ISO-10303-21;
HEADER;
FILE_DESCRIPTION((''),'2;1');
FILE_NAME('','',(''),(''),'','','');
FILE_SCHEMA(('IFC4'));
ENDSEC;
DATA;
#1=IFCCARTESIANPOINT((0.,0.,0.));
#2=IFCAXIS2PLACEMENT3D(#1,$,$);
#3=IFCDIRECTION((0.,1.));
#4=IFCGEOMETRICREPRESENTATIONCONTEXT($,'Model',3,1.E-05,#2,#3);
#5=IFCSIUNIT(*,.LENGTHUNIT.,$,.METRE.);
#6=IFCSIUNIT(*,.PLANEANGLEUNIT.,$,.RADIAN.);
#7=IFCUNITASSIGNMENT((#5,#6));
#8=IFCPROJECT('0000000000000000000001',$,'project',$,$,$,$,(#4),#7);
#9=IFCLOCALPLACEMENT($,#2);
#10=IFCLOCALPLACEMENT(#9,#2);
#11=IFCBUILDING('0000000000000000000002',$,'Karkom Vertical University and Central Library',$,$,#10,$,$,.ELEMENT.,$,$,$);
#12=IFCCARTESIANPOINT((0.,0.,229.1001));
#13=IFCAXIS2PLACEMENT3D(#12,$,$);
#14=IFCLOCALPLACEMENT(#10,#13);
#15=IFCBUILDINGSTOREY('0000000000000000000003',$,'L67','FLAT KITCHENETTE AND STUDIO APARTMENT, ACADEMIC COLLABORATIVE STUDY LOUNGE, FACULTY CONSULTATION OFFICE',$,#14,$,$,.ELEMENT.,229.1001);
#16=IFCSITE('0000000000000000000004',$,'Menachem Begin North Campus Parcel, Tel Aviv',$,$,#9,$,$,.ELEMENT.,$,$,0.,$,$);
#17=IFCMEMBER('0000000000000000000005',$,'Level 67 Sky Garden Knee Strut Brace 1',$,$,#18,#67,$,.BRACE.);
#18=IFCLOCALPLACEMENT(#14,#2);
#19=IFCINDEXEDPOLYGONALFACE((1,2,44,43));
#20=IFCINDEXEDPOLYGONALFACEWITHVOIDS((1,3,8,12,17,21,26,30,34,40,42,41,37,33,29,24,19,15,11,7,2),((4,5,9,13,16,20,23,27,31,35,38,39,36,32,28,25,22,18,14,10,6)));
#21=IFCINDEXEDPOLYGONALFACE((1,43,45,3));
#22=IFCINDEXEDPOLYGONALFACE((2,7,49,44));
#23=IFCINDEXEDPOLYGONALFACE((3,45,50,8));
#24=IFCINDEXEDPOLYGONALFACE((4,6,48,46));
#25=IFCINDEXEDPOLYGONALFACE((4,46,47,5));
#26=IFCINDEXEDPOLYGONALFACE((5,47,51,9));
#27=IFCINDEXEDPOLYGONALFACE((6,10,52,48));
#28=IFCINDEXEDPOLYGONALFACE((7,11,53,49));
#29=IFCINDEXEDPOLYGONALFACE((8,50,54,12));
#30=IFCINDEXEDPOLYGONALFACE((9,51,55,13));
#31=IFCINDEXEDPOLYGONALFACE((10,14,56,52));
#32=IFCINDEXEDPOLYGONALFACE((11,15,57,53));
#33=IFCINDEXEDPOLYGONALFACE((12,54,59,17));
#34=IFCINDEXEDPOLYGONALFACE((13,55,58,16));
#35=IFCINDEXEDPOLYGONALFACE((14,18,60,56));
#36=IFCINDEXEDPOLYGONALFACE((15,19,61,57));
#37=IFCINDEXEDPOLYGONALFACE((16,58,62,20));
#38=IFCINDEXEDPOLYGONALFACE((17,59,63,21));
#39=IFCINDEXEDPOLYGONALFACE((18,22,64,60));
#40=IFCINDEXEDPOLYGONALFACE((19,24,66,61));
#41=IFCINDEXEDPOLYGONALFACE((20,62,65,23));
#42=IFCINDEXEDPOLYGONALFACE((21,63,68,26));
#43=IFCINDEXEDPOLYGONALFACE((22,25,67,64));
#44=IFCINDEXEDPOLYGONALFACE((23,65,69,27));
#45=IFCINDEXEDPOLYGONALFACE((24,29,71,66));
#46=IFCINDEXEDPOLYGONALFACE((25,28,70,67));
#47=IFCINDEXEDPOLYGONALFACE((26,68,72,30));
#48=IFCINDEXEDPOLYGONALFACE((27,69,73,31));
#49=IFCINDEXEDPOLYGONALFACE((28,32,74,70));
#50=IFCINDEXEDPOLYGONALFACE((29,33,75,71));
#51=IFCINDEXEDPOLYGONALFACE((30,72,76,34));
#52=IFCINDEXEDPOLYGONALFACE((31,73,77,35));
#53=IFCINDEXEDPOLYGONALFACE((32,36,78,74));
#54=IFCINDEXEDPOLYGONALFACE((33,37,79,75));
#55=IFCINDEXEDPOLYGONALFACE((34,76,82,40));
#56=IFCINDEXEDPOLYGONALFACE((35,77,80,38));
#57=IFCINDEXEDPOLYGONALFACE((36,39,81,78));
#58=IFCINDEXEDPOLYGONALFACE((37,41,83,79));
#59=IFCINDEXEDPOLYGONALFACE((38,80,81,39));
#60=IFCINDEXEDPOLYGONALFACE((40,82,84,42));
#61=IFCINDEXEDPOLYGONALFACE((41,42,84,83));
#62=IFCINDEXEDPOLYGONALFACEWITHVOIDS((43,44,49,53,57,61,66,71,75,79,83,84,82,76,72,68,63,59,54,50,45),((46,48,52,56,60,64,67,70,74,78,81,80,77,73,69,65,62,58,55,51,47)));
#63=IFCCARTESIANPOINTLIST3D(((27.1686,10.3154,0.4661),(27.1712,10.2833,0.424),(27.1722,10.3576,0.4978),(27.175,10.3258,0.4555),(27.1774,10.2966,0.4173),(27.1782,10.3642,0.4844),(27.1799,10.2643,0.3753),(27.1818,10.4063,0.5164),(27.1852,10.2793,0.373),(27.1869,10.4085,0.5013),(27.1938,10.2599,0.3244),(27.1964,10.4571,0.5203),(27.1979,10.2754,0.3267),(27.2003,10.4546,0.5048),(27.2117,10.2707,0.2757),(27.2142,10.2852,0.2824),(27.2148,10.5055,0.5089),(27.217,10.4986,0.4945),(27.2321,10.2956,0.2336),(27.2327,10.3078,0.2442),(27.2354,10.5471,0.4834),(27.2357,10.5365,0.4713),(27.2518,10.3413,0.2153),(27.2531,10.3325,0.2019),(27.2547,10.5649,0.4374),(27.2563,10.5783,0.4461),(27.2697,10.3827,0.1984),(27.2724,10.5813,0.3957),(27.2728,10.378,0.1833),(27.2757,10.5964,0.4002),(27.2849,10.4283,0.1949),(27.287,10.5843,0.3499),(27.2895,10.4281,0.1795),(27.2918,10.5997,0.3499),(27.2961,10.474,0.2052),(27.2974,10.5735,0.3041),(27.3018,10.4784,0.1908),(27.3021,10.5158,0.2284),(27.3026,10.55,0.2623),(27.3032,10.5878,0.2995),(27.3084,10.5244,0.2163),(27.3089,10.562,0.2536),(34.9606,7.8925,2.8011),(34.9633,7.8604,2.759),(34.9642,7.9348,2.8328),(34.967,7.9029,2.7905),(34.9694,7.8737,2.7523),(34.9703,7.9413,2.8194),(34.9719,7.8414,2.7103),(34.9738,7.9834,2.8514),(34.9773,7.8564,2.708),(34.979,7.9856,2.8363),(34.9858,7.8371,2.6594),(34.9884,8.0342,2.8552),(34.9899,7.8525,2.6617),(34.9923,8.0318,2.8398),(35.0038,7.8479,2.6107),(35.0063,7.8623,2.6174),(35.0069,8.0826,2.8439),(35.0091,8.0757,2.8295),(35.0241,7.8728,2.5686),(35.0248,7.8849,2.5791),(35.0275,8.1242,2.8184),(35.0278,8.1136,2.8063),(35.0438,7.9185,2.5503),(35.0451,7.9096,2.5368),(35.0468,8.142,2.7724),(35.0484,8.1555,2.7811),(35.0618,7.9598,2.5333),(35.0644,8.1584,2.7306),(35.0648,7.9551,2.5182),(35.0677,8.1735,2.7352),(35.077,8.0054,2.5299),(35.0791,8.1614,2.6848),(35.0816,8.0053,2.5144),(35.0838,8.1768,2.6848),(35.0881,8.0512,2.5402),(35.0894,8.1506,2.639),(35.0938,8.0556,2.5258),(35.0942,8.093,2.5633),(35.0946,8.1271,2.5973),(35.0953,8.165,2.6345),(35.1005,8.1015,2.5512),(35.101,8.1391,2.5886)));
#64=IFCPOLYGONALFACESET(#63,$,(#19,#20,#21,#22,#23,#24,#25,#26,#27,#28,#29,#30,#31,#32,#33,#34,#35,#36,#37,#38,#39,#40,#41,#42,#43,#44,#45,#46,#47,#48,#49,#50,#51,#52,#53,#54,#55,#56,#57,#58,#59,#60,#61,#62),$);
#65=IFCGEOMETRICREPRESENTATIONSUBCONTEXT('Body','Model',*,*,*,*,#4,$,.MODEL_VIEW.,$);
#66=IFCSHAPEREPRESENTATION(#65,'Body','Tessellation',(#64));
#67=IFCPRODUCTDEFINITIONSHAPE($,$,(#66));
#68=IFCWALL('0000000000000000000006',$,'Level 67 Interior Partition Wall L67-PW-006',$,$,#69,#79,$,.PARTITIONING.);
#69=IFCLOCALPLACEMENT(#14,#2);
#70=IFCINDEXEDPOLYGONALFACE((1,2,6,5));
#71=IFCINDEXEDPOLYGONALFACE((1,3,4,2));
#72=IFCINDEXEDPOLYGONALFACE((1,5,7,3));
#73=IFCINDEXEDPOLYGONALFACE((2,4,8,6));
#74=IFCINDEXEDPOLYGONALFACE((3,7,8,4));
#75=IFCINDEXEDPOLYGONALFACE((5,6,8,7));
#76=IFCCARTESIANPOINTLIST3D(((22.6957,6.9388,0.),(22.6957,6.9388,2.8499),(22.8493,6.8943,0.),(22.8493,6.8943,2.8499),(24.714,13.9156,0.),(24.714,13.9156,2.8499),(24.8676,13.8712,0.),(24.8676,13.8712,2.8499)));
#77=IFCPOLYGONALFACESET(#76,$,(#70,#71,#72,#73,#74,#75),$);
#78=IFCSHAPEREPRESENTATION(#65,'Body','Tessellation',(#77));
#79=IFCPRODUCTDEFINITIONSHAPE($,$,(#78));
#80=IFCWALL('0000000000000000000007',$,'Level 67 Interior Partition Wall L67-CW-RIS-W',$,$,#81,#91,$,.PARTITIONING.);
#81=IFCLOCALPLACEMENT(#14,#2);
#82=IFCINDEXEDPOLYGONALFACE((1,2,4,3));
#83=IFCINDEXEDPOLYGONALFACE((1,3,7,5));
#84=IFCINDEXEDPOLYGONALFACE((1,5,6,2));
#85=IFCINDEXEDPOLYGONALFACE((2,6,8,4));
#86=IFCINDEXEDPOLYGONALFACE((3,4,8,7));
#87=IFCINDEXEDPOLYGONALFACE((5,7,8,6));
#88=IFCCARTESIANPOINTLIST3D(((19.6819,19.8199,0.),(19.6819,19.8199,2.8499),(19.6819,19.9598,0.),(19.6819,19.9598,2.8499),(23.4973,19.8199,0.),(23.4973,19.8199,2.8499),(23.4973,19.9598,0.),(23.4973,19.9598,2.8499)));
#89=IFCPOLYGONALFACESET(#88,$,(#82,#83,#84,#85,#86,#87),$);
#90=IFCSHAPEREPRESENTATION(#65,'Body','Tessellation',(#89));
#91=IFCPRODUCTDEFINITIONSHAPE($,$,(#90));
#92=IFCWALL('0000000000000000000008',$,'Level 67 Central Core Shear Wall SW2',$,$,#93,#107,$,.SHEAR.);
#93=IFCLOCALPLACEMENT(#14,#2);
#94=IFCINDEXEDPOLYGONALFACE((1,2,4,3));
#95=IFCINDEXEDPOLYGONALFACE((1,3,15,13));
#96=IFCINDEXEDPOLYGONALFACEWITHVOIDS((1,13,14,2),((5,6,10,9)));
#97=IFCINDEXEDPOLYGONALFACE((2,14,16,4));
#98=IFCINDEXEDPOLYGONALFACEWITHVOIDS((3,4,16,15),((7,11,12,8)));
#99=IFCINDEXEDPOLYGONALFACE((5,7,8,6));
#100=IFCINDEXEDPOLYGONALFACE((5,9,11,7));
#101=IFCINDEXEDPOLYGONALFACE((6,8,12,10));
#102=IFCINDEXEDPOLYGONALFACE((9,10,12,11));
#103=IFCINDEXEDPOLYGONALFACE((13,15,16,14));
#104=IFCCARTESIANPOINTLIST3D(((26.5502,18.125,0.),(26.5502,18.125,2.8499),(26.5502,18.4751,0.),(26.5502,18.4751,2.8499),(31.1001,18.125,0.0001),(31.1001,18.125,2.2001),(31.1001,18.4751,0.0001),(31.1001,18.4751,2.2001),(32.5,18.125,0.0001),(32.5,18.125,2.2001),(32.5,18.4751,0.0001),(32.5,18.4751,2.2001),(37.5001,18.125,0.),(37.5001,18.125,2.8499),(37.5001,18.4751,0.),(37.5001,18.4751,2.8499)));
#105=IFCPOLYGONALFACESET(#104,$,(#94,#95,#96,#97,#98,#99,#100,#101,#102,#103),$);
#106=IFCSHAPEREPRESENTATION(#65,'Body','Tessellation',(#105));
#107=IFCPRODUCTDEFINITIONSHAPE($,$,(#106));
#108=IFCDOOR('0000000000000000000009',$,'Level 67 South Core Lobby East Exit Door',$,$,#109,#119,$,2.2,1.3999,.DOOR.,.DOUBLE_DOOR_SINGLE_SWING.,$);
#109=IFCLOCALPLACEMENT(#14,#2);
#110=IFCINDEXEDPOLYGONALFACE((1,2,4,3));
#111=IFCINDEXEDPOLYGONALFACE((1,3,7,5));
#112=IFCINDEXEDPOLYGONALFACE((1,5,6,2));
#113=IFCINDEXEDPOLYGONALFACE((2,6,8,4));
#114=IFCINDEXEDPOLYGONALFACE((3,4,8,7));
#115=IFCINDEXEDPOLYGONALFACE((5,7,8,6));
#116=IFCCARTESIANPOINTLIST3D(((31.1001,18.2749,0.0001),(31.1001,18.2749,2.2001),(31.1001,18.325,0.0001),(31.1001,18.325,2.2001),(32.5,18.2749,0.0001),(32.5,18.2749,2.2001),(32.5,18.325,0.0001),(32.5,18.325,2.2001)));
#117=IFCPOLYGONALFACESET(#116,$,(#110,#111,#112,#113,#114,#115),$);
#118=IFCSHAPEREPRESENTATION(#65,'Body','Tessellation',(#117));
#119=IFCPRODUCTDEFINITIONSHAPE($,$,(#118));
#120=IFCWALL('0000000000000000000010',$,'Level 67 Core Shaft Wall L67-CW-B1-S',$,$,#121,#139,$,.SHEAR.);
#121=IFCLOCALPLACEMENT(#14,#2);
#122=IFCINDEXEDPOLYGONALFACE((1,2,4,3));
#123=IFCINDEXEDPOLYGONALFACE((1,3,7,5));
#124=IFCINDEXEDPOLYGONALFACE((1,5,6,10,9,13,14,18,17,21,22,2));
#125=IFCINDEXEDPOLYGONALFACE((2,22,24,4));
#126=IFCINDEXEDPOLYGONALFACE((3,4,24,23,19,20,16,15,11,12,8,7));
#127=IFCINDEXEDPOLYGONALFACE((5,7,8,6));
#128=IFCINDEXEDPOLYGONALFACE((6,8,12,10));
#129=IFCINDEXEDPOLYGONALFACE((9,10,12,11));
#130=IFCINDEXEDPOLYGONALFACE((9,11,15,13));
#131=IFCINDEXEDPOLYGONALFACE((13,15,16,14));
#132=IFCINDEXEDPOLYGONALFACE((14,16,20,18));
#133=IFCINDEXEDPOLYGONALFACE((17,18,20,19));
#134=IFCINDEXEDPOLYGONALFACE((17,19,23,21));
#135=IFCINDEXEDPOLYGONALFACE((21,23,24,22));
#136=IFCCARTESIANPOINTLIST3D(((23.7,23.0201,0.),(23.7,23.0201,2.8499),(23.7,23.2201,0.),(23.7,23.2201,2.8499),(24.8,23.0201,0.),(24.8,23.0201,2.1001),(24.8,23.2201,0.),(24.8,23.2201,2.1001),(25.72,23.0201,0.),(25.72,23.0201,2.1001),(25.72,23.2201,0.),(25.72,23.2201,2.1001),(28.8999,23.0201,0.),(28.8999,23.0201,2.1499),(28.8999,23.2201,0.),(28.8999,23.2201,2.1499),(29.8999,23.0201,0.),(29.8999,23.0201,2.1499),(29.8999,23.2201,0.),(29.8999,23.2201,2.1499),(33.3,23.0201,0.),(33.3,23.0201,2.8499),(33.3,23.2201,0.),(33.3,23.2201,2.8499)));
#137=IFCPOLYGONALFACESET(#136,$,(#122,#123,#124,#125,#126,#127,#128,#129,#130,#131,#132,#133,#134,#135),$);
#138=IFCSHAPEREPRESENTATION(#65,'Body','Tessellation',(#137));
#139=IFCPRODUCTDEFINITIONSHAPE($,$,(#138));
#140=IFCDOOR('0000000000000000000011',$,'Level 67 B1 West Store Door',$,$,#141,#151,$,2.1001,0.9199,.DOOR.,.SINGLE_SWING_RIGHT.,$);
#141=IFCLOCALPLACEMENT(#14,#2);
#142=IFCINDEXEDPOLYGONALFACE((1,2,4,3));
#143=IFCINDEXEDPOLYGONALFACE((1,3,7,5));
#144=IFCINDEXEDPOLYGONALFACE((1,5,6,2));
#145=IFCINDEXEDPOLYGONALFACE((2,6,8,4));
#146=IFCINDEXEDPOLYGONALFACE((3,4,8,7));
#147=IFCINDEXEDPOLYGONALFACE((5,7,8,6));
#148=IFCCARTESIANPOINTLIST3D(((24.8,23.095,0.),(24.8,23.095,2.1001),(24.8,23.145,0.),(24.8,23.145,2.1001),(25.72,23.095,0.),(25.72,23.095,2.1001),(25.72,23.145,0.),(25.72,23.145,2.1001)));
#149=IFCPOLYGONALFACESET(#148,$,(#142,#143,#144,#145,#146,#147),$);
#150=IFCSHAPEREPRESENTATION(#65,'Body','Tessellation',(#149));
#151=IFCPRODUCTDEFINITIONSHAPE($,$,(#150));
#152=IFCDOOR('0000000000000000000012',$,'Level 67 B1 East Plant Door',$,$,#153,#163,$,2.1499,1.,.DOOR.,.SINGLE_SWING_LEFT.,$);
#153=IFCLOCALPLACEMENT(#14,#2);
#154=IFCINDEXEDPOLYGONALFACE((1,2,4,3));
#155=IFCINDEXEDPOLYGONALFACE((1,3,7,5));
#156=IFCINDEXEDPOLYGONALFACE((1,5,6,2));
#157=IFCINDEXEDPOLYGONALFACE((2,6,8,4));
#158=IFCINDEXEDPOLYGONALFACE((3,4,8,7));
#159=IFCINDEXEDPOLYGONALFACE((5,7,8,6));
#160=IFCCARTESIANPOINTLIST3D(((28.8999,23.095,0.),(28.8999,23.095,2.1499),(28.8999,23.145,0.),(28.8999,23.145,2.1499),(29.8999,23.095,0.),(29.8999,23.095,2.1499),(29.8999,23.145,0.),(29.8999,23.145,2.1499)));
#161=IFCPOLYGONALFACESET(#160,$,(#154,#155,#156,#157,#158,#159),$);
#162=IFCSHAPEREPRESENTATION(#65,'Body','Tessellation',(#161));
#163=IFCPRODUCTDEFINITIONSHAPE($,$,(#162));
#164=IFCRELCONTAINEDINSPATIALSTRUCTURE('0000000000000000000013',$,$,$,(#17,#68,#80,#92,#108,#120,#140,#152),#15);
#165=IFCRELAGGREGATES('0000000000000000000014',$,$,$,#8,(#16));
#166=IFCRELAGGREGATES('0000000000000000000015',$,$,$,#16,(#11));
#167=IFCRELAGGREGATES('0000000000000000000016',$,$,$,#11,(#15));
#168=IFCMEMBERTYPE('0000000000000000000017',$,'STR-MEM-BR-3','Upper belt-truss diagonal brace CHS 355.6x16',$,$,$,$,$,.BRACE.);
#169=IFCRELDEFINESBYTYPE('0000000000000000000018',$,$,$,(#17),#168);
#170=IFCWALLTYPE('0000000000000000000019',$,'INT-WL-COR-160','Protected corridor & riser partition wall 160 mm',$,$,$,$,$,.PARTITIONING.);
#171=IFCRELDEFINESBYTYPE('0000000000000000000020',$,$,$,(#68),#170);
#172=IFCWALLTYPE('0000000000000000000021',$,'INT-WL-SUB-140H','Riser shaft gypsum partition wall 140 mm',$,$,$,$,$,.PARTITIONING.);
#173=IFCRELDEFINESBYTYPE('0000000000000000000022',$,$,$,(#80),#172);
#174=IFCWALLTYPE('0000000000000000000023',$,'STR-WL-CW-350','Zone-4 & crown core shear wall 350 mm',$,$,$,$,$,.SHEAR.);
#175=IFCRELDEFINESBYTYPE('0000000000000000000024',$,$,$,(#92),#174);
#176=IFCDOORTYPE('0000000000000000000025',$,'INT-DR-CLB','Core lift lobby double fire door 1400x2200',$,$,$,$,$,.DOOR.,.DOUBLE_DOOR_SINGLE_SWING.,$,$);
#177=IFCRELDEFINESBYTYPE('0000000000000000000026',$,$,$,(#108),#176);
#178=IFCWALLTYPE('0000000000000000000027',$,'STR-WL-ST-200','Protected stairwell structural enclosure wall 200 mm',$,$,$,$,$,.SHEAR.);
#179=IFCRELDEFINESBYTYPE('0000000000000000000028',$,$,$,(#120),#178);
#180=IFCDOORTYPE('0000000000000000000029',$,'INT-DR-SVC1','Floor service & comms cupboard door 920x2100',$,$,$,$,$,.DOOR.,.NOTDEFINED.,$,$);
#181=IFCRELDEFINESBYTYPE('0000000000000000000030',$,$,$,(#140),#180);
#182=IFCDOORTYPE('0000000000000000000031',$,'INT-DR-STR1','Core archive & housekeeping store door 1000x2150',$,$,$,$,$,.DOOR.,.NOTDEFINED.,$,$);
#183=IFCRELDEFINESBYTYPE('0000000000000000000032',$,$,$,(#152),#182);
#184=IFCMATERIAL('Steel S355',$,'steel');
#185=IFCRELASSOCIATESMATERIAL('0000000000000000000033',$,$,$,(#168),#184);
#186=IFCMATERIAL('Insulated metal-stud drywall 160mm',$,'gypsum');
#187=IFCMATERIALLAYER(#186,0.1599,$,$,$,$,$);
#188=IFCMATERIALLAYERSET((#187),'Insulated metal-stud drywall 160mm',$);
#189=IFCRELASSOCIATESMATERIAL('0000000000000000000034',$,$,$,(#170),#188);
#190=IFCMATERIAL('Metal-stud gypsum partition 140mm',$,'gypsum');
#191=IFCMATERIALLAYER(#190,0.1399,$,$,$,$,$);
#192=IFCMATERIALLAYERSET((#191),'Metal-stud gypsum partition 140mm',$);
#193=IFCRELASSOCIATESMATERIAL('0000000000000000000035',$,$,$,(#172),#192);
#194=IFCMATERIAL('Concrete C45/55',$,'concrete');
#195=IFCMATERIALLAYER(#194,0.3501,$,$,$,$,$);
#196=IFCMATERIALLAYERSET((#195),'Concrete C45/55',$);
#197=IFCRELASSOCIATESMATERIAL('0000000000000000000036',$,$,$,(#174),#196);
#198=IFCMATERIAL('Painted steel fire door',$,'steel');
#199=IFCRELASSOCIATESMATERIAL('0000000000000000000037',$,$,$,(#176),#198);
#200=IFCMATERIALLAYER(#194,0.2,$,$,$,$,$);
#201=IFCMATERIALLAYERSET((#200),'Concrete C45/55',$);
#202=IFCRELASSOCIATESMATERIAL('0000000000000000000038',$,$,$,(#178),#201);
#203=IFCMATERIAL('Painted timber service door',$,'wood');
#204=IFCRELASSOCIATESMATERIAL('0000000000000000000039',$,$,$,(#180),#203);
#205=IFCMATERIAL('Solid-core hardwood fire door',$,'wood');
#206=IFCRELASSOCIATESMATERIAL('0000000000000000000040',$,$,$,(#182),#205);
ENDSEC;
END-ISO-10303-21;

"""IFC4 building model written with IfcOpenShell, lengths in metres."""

from ifc_helpers import new_model, si_unit, direction, frame, frame_2d, origin, origin_with_axes, origin_2d, place, context, subcontext, project, spatial, rectangle, hollow_circle, extrude, source, transform, mapped, material, layer, layer_set, material_profile, profile_set, type_object, element, fill, save


model = new_model("IFC4")

# Units and contexts
model_context = context("Model", 3, precision=1e-05, world=origin(), true_north=direction((0.0, 1.0)))
body_context = subcontext(model_context, "Body", "Model", "MODEL_VIEW")
ifc_project = project(units=[si_unit("LENGTHUNIT", "METRE"), si_unit("PLANEANGLEUNIT", "RADIAN")], contexts=[model_context])

# Site, building, storey
site_placement = place(None, origin())
site = spatial("IfcSite", under=ifc_project, at=site_placement, Name="Menachem Begin North Campus Parcel, Tel Aviv", CompositionType="ELEMENT", RefElevation=0.0)
building_placement = place(site_placement, origin())
building = spatial("IfcBuilding", under=site, at=building_placement, Name="Karkom Vertical University and Central Library", CompositionType="ELEMENT")
storey_placement = place(building_placement, frame((0.0, 0.0, 229.1001)))
storey = spatial("IfcBuildingStorey", under=building, at=storey_placement, Name="L67", Description="FLAT KITCHENETTE AND STUDIO APARTMENT, ACADEMIC COLLABORATIVE STUDY LOUNGE, FACULTY CONSULTATION OFFICE", CompositionType="ELEMENT", Elevation=229.1001)

# Shared definitions
ifc_material_1 = material(Name="Concrete C45/55", Category="concrete")

# Shared definitions
ifc_material_2 = material(Name="Steel S355", Category="steel")

# Member
ifc_material_profile_1 = material_profile(ifc_material_2, hollow_circle(Radius=0.1777, WallThickness=0.0161, at=origin_2d()), Name="CHS 355.6x16")
ifc_profile_set_1 = profile_set([ifc_material_profile_1], Name="Steel S355")
member_type = type_object("IfcMemberType", Name="STR-MEM-BR-3", Description="Upper belt-truss diagonal brace CHS 355.6x16", PredefinedType="BRACE", material=ifc_profile_set_1)
shared_shape_1 = source(origin_with_axes(), body_context, "Body", "SweptSolid", [
    extrude(hollow_circle(Radius=0.1777, WallThickness=0.0161, at=origin_2d()), origin(), (0.0, 0.0, 1.0), 8.4875),
])
member_placement = place(storey_placement, frame((27.239, 10.4299, 0.3499), z_axis=(0.918057, -0.285462, 0.275106), x_axis=(0.296919, 0.954903, 0.0)))
element("IfcMember", 1, at=member_placement, inside=storey, type_object=member_type, Name="Level 67 Sky Garden Knee Strut Brace 1", PredefinedType="BRACE", context=body_context, shape_type="MappedRepresentation", body=[
    mapped(shared_shape_1, transform((0.0, 0.0, 0.0), scale=1.0)),
])

# Walls
ifc_material_3 = material(Name="Insulated metal-stud drywall 160mm", Category="gypsum")
ifc_layer_1 = layer(ifc_material_3, 0.1599)
ifc_layer_set_1 = layer_set([ifc_layer_1], Name="Insulated metal-stud drywall 160mm")
wall_type_1 = type_object("IfcWallType", Name="INT-WL-COR-160", Description="Protected corridor & riser partition wall 160 mm", PredefinedType="PARTITIONING", material=ifc_layer_set_1)
wall_1_placement = place(storey_placement, frame((24.7908, 13.8933, 0.0), z_axis=(0.0, 0.0, 1.0), x_axis=(-0.277894, -0.960612, 0.0)))
element("IfcWall", 2, at=wall_1_placement, inside=storey, type_object=wall_type_1, Name="Level 67 Interior Partition Wall L67-PW-006", PredefinedType="PARTITIONING", context=body_context, shape_type="SweptSolid", body=[
    extrude(rectangle(XDim=7.2629, YDim=0.1599, at=frame_2d((3.6313, 0.0))), origin(), (0.0, 0.0, 1.0), 2.8499),
])
ifc_material_4 = material(Name="Metal-stud gypsum partition 140mm", Category="gypsum")
ifc_layer_2 = layer(ifc_material_4, 0.1399)
ifc_layer_set_2 = layer_set([ifc_layer_2], Name="Metal-stud gypsum partition 140mm")
wall_type_2 = type_object("IfcWallType", Name="INT-WL-SUB-140H", Description="Riser shaft gypsum partition wall 140 mm", PredefinedType="PARTITIONING", material=ifc_layer_set_2)
wall_2_placement = place(storey_placement, frame((19.6819, 19.8899, 0.0), z_axis=(0.0, 0.0, 1.0), x_axis=(1.0, 0.0, 0.0)))
element("IfcWall", 3, at=wall_2_placement, inside=storey, type_object=wall_type_2, Name="Level 67 Interior Partition Wall L67-CW-RIS-W", PredefinedType="PARTITIONING", context=body_context, shape_type="SweptSolid", body=[
    extrude(rectangle(XDim=3.8154, YDim=0.1399, at=frame_2d((1.9077, 0.0))), origin(), (0.0, 0.0, 1.0), 2.8499),
])

# Wall, opening, door
ifc_layer_3 = layer(ifc_material_1, 0.3501)
ifc_layer_set_3 = layer_set([ifc_layer_3], Name="Concrete C45/55")
wall_type_3 = type_object("IfcWallType", Name="STR-WL-CW-350", Description="Zone-4 & crown core shear wall 350 mm", PredefinedType="SHEAR", material=ifc_layer_set_3)
wall_3_placement = place(storey_placement, frame((26.55, 18.3, 0.0), z_axis=(0.0, 0.0, 1.0), x_axis=(1.0, 0.0, 0.0)))
wall_3 = element("IfcWall", 4, at=wall_3_placement, inside=storey, type_object=wall_type_3, Name="Level 67 Central Core Shear Wall SW2", PredefinedType="SHEAR", context=body_context, shape_type="SweptSolid", body=[
    extrude(rectangle(XDim=10.95, YDim=0.3501, at=frame_2d((5.4751, 0.0))), origin(), (0.0, 0.0, 1.0), 2.8499),
])
opening_1_placement = place(wall_3_placement, frame((4.55, 0.0, 0.0)))
opening_1 = element("IfcOpeningElement", 5, at=opening_1_placement, cuts=wall_3, PredefinedType="OPENING", context=body_context, shape_type="SweptSolid", body=[
    extrude(rectangle(XDim=1.3999, YDim=2.2, at=frame_2d((0.7, 1.1001))), frame((0.0, 0.1851, 0.0), z_axis=(0.0, -1.0, 0.0), x_axis=(1.0, 0.0, 0.0)), (0.0, 0.0, 1.0), 0.3701),
])
ifc_material_5 = material(Name="Painted steel fire door", Category="steel")
door_type_1 = type_object("IfcDoorType", Name="INT-DR-CLB", Description="Core lift lobby double fire door 1400x2200", OperationType="DOUBLE_DOOR_SINGLE_SWING", PredefinedType="DOOR", material=ifc_material_5)
shared_shape_2 = source(origin_with_axes(), body_context, "Body", "SweptSolid", [
    extrude(rectangle(XDim=1.3999, YDim=2.2, at=frame_2d((0.7, 1.1001))), frame((0.0, 0.0249, 0.0), z_axis=(0.0, -1.0, 0.0), x_axis=(1.0, 0.0, 0.0)), (0.0, 0.0, 1.0), 0.05),
])
door_1_placement = place(opening_1_placement, origin())
door_1 = element("IfcDoor", 6, at=door_1_placement, inside=storey, type_object=door_type_1, Name="Level 67 South Core Lobby East Exit Door", OperationType="DOUBLE_DOOR_SINGLE_SWING", OverallHeight=2.2, OverallWidth=1.3999, PredefinedType="DOOR", context=body_context, shape_type="MappedRepresentation", body=[
    mapped(shared_shape_2, transform((0.0, 0.0, 0.0), scale=1.0)),
])
fill(opening_1, door_1)

# Wall, openings, doors
ifc_layer_4 = layer(ifc_material_1, 0.2)
ifc_layer_set_4 = layer_set([ifc_layer_4], Name="Concrete C45/55")
wall_type_4 = type_object("IfcWallType", Name="STR-WL-ST-200", Description="Protected stairwell structural enclosure wall 200 mm", PredefinedType="SHEAR", material=ifc_layer_set_4)
wall_4_placement = place(storey_placement, frame((23.7, 23.1201, 0.0), z_axis=(0.0, 0.0, 1.0), x_axis=(1.0, 0.0, 0.0)))
wall_4 = element("IfcWall", 7, at=wall_4_placement, inside=storey, type_object=wall_type_4, Name="Level 67 Core Shaft Wall L67-CW-B1-S", PredefinedType="SHEAR", context=body_context, shape_type="SweptSolid", body=[
    extrude(rectangle(XDim=9.6001, YDim=0.2, at=frame_2d((4.8, 0.0))), origin(), (0.0, 0.0, 1.0), 2.8499),
])
opening_2_placement = place(wall_4_placement, frame((1.1001, 0.0, 0.0)))
opening_2 = element("IfcOpeningElement", 8, at=opening_2_placement, cuts=wall_4, PredefinedType="OPENING", context=body_context, shape_type="SweptSolid", body=[
    extrude(rectangle(XDim=0.9199, YDim=2.1001, at=frame_2d((0.46, 1.05))), frame((0.0, 0.1099, 0.0), z_axis=(0.0, -1.0, 0.0), x_axis=(1.0, 0.0, 0.0)), (0.0, 0.0, 1.0), 0.22),
])
opening_3_placement = place(wall_4_placement, frame((5.2, 0.0, 0.0)))
opening_3 = element("IfcOpeningElement", 9, at=opening_3_placement, cuts=wall_4, PredefinedType="OPENING", context=body_context, shape_type="SweptSolid", body=[
    extrude(rectangle(XDim=1.0, YDim=2.1499, at=frame_2d((0.5, 1.075))), frame((0.0, 0.1099, 0.0), z_axis=(0.0, -1.0, 0.0), x_axis=(1.0, 0.0, 0.0)), (0.0, 0.0, 1.0), 0.22),
])
ifc_material_6 = material(Name="Painted timber service door", Category="wood")
door_type_2 = type_object("IfcDoorType", Name="INT-DR-SVC1", Description="Floor service & comms cupboard door 920x2100", OperationType="NOTDEFINED", PredefinedType="DOOR", material=ifc_material_6)
shared_shape_3 = source(origin_with_axes(), body_context, "Body", "SweptSolid", [
    extrude(rectangle(XDim=0.9199, YDim=2.1001, at=frame_2d((0.46, 1.05))), frame((0.0, 0.0249, 0.0), z_axis=(0.0, -1.0, 0.0), x_axis=(1.0, 0.0, 0.0)), (0.0, 0.0, 1.0), 0.05),
])
door_2_placement = place(opening_2_placement, origin())
door_2 = element("IfcDoor", 10, at=door_2_placement, inside=storey, type_object=door_type_2, Name="Level 67 B1 West Store Door", OperationType="SINGLE_SWING_RIGHT", OverallHeight=2.1001, OverallWidth=0.9199, PredefinedType="DOOR", context=body_context, shape_type="MappedRepresentation", body=[
    mapped(shared_shape_3, transform((0.0, 0.0, 0.0), scale=1.0)),
])
fill(opening_2, door_2)
ifc_material_7 = material(Name="Solid-core hardwood fire door", Category="wood")
door_type_3 = type_object("IfcDoorType", Name="INT-DR-STR1", Description="Core archive & housekeeping store door 1000x2150", OperationType="NOTDEFINED", PredefinedType="DOOR", material=ifc_material_7)
shared_shape_4 = source(origin_with_axes(), body_context, "Body", "SweptSolid", [
    extrude(rectangle(XDim=1.0, YDim=2.1499, at=frame_2d((0.5, 1.075))), frame((0.0, 0.0249, 0.0), z_axis=(0.0, -1.0, 0.0), x_axis=(1.0, 0.0, 0.0)), (0.0, 0.0, 1.0), 0.05),
])
door_3_placement = place(opening_3_placement, origin())
door_3 = element("IfcDoor", 11, at=door_3_placement, inside=storey, type_object=door_type_3, Name="Level 67 B1 East Plant Door", OperationType="SINGLE_SWING_LEFT", OverallHeight=2.1499, OverallWidth=1.0, PredefinedType="DOOR", context=body_context, shape_type="MappedRepresentation", body=[
    mapped(shared_shape_4, transform((0.0, 0.0, 0.0), scale=1.0)),
])
fill(opening_3, door_3)

save(model, "model.ifc")
